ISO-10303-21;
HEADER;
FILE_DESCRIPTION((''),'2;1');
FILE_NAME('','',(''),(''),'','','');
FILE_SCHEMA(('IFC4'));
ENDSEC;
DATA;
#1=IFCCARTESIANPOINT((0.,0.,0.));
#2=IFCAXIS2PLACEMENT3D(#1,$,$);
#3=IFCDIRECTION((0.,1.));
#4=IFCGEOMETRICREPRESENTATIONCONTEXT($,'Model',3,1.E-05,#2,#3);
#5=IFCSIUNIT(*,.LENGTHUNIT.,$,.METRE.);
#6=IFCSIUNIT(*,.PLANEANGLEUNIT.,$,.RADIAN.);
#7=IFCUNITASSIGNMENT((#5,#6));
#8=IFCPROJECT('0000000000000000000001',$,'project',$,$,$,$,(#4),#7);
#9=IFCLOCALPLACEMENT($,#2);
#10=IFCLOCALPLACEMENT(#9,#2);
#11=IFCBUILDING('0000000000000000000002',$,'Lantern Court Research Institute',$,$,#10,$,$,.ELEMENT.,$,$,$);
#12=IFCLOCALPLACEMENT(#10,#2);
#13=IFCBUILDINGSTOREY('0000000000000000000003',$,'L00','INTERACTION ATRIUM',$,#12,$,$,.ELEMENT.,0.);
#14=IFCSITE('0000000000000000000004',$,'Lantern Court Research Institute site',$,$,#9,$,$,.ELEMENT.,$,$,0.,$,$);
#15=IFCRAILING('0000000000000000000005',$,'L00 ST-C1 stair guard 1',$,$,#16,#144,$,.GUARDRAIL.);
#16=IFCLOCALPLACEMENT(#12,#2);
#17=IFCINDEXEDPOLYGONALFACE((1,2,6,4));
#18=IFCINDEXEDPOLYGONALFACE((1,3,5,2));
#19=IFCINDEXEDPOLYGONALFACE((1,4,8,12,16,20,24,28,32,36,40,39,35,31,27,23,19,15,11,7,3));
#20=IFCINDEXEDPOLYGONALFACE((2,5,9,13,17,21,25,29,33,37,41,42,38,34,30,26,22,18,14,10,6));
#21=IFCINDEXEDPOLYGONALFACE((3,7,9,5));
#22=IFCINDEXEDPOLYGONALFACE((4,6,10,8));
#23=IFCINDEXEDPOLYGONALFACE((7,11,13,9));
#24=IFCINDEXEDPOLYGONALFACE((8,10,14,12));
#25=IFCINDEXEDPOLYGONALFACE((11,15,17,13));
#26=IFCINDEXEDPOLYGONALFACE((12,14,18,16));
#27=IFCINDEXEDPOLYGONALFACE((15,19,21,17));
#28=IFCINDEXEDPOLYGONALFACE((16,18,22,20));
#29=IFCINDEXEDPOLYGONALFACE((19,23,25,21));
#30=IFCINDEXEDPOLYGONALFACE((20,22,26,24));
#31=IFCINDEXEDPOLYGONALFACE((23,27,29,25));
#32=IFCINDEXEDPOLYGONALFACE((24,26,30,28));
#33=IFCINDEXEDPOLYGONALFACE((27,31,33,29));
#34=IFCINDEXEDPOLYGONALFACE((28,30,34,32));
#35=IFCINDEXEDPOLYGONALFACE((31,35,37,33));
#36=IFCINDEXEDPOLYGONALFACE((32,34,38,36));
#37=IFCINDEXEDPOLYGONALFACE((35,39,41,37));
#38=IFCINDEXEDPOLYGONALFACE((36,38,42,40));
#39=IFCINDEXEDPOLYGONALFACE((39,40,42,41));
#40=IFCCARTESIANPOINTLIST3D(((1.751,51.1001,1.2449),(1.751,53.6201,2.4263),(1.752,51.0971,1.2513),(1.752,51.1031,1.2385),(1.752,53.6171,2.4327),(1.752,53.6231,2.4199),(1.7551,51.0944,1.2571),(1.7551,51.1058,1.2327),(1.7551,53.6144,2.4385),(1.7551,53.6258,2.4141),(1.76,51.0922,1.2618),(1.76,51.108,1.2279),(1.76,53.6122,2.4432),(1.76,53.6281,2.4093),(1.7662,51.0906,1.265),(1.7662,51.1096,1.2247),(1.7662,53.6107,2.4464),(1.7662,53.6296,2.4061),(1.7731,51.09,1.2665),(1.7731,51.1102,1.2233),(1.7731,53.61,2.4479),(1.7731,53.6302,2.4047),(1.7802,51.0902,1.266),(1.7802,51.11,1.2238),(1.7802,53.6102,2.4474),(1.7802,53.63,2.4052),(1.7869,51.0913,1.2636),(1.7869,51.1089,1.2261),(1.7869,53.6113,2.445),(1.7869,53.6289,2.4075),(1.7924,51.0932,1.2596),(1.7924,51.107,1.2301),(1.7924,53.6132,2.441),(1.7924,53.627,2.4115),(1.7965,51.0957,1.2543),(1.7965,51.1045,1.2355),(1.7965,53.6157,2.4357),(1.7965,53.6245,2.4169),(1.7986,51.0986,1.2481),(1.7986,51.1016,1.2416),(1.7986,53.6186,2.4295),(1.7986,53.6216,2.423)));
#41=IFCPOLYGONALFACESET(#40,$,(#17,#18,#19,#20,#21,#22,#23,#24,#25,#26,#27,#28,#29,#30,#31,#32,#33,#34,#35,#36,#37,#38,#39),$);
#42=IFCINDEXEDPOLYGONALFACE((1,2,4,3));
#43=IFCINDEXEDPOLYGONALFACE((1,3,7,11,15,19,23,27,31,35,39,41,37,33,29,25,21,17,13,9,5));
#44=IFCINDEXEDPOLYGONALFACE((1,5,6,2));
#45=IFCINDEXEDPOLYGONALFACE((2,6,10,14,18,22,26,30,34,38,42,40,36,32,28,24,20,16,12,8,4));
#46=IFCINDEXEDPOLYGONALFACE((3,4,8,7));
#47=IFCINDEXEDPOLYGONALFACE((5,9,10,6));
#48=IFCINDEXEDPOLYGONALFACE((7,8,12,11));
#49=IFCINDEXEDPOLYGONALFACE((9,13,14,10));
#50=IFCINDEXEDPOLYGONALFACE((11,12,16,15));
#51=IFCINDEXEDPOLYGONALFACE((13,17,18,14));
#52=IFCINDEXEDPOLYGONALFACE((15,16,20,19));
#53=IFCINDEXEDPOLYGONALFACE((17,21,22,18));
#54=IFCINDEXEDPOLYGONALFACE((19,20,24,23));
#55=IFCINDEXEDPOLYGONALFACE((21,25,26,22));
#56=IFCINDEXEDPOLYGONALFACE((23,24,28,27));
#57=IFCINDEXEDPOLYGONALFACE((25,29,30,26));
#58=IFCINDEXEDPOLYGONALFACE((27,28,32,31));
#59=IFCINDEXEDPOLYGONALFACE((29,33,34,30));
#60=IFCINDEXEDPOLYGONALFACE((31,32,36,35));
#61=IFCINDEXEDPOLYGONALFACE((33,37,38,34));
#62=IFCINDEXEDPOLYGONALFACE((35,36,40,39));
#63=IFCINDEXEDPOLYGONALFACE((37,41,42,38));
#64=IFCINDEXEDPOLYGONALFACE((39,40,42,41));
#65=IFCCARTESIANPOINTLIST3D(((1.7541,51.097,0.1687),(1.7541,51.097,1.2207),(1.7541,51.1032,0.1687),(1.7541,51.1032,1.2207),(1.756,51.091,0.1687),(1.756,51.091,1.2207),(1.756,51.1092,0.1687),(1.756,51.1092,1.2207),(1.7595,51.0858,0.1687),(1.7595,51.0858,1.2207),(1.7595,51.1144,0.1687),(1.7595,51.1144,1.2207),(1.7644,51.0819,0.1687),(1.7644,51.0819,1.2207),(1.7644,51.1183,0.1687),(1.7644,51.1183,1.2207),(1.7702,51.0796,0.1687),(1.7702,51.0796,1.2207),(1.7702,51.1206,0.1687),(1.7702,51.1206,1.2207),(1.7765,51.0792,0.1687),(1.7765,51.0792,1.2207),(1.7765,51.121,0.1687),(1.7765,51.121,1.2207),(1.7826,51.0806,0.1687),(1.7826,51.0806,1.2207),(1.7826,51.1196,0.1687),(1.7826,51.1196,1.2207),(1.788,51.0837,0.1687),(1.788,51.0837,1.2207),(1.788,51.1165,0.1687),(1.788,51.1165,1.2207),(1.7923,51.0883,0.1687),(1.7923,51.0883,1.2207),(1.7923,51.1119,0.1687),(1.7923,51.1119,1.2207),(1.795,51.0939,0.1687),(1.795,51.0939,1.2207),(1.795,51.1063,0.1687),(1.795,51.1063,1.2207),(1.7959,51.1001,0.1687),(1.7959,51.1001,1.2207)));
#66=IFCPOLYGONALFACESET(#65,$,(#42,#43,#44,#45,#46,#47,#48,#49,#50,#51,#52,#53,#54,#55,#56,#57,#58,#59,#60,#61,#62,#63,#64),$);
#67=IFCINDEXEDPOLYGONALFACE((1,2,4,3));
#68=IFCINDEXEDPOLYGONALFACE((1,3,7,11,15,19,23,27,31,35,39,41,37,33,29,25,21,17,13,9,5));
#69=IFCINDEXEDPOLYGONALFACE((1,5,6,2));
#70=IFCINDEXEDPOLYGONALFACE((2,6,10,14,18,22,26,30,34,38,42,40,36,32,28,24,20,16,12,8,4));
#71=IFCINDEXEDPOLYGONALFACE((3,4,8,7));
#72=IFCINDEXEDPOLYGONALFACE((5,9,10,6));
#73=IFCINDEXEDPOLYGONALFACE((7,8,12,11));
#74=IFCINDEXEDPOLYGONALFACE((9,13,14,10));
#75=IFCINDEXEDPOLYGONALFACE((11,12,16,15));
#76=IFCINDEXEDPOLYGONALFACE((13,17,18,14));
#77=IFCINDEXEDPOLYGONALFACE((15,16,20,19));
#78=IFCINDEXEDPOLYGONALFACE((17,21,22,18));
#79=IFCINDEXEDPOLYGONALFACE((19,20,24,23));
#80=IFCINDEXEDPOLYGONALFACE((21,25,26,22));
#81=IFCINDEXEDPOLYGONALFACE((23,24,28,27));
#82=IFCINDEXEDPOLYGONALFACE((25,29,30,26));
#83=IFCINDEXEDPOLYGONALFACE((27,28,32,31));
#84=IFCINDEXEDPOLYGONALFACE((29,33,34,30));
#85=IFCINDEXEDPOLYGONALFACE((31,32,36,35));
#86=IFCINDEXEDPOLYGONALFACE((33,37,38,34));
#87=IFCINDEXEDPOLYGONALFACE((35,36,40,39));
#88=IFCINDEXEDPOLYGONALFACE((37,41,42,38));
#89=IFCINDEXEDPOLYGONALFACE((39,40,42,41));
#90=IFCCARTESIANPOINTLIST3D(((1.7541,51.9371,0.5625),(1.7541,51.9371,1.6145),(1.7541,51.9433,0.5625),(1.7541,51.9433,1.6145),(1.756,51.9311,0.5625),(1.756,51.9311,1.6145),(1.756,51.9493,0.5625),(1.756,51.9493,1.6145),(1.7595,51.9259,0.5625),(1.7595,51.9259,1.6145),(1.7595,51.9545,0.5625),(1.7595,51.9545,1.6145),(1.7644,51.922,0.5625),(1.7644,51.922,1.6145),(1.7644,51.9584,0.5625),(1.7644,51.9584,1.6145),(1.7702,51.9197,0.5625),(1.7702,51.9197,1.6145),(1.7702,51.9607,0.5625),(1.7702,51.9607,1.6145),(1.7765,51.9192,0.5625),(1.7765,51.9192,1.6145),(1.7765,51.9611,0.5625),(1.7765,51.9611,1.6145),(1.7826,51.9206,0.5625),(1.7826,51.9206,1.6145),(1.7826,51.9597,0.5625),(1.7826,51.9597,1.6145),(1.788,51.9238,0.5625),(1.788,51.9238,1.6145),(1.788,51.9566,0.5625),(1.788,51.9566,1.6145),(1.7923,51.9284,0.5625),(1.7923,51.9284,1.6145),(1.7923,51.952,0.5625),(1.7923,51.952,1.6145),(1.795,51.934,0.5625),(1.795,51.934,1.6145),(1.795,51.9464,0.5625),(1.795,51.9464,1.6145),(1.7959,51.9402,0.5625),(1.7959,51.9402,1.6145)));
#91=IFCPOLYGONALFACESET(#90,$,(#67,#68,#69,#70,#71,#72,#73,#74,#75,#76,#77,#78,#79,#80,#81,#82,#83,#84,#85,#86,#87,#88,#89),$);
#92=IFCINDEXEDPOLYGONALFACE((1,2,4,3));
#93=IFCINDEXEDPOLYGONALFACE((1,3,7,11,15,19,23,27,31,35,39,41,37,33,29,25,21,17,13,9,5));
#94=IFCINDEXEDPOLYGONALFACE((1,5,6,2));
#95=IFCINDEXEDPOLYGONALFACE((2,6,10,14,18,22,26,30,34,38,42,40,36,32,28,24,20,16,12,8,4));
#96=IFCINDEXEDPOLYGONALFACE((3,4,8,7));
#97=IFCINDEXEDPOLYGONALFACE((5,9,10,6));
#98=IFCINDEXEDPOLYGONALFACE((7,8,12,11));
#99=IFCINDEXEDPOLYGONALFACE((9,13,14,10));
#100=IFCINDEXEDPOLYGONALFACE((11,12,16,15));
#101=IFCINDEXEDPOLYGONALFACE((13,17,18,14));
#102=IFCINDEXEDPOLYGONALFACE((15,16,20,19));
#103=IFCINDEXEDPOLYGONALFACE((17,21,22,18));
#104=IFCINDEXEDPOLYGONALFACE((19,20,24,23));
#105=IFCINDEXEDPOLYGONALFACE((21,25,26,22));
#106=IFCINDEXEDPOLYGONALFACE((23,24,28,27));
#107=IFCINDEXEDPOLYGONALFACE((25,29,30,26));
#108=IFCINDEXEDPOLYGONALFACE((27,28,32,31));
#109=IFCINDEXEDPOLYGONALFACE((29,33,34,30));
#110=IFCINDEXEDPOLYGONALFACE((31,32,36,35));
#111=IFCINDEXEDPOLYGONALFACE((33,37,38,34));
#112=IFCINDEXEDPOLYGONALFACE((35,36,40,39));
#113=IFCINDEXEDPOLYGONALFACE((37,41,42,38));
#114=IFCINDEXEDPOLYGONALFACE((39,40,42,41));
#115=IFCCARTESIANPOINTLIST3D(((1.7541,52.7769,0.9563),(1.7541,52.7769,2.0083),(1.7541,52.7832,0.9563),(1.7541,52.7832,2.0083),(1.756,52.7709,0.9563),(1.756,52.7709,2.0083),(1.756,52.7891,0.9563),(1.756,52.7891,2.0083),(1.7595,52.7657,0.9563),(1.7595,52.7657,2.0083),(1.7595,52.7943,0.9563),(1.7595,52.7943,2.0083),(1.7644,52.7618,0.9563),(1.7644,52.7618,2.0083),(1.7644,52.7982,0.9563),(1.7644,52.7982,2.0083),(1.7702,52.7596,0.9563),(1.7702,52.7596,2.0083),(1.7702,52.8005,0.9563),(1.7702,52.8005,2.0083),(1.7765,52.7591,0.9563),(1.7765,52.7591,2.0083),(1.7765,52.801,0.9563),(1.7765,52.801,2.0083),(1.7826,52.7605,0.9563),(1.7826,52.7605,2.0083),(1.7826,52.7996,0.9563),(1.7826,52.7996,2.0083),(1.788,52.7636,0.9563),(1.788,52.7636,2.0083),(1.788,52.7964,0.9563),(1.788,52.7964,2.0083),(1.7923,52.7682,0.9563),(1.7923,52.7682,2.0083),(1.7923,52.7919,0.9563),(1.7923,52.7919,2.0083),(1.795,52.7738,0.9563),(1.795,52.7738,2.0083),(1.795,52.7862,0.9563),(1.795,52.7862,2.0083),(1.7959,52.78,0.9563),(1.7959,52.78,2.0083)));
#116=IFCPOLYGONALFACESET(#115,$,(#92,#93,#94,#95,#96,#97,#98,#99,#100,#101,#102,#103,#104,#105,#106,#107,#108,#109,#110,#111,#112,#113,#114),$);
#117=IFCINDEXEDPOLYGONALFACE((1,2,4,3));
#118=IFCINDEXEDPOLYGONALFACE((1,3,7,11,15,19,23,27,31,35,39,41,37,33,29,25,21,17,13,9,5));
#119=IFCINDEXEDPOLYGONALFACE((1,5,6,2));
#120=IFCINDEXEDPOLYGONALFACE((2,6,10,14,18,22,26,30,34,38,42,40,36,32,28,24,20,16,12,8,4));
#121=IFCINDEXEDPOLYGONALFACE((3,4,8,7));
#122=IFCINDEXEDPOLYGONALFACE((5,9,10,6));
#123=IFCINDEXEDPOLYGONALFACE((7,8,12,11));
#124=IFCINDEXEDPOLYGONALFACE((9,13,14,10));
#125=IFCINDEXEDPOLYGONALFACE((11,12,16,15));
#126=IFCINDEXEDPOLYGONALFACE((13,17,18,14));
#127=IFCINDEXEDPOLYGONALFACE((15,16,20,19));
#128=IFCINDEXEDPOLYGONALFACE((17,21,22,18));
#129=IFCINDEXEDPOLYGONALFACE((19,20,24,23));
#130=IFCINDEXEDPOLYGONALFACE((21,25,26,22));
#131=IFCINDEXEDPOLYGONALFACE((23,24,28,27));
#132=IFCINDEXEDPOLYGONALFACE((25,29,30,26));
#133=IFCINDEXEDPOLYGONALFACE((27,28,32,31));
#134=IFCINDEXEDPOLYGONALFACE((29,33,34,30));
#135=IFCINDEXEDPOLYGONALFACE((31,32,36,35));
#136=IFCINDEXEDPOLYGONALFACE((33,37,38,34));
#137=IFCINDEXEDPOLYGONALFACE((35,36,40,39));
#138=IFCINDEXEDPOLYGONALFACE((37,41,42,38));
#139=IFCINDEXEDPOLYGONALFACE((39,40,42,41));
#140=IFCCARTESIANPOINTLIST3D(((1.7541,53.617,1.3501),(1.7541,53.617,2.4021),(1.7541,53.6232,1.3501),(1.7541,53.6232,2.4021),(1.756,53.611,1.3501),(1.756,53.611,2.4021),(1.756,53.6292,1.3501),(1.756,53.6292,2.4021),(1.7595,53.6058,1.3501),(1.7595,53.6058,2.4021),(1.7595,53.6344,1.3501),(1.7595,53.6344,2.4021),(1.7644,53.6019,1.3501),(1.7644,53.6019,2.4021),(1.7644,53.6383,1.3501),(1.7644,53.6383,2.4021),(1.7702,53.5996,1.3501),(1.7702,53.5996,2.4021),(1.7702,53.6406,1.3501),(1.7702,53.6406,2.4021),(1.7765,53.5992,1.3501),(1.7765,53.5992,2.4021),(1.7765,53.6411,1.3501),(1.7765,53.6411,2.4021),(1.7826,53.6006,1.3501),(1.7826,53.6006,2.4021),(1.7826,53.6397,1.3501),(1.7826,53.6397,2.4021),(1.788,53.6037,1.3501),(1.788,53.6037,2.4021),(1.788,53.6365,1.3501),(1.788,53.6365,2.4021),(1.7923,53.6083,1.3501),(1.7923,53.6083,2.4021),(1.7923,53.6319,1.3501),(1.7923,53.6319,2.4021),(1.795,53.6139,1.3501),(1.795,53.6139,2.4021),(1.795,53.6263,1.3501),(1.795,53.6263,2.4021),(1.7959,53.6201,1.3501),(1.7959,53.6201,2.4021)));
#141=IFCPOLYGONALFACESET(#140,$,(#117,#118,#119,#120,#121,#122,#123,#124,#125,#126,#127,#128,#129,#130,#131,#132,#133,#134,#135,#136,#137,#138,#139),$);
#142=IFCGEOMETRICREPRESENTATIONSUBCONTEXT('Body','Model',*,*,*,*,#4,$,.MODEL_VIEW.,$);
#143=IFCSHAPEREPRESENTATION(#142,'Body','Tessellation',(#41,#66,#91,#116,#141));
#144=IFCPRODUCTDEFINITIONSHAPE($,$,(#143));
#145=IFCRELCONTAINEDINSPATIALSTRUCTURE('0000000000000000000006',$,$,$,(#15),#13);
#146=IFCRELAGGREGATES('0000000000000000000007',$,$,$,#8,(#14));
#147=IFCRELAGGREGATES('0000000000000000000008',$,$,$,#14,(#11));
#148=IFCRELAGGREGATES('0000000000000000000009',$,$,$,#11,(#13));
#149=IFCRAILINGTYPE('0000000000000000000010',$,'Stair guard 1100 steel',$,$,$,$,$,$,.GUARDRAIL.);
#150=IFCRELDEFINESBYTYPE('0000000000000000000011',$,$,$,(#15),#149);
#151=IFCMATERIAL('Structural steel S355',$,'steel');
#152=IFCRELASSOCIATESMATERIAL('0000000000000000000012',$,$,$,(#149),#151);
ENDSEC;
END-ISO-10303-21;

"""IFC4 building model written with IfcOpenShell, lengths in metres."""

from ifc_helpers import new_model, si_unit, direction, frame, origin, origin_2d, place, context, subcontext, project, spatial, circle, extrude, material, type_object, element, save


model = new_model("IFC4")

# Units and contexts
model_context = context("Model", 3, precision=1e-05, world=origin(), true_north=direction((0.0, 1.0)))
body_context = subcontext(model_context, "Body", "Model", "MODEL_VIEW")
ifc_project = project(units=[si_unit("LENGTHUNIT", "METRE"), si_unit("PLANEANGLEUNIT", "RADIAN")], contexts=[model_context])

# Site, building, storey
site_placement = place(None, origin())
site = spatial("IfcSite", under=ifc_project, at=site_placement, Name="Lantern Court Research Institute site", CompositionType="ELEMENT", RefElevation=0.0)
building_placement = place(site_placement, origin())
building = spatial("IfcBuilding", under=site, at=building_placement, Name="Lantern Court Research Institute", CompositionType="ELEMENT")
storey_placement = place(building_placement, origin())
storey = spatial("IfcBuildingStorey", under=building, at=storey_placement, Name="L00", Description="INTERACTION ATRIUM", CompositionType="ELEMENT", Elevation=0.0)

# Railing
ifc_material_1 = material(Name="Structural steel S355", Category="steel")
railing_type_1 = type_object("IfcRailingType", Name="Stair guard 1100 steel", PredefinedType="GUARDRAIL", material=ifc_material_1)
railing_1_placement = place(storey_placement, frame((1.7749, 51.1001, 0.1687)))
element("IfcRailing", 1, at=railing_1_placement, inside=storey, type_object=railing_type_1, Name="L00 ST-C1 stair guard 1", PredefinedType="GUARDRAIL", context=body_context, shape_type="SweptSolid", body=[
    extrude(circle(Radius=0.0239, at=origin_2d()), frame((0.0, 0.0, 1.0762), z_axis=(0.0, 0.90544, 0.424474), x_axis=(-1.0, 0.0, 0.0)), (0.0, 0.0, 1.0), 2.7832),
    extrude(circle(Radius=0.021, at=origin_2d()), origin(), (0.0, 0.0, 1.0), 1.052),
    extrude(circle(Radius=0.021, at=origin_2d()), frame((0.0, 0.8401, 0.3938)), (0.0, 0.0, 1.0), 1.052),
    extrude(circle(Radius=0.021, at=origin_2d()), frame((0.0, 1.6799, 0.7876)), (0.0, 0.0, 1.0), 1.052),
    extrude(circle(Radius=0.021, at=origin_2d()), frame((0.0, 2.52, 1.1814)), (0.0, 0.0, 1.0), 1.052),
])

save(model, "model.ifc")
